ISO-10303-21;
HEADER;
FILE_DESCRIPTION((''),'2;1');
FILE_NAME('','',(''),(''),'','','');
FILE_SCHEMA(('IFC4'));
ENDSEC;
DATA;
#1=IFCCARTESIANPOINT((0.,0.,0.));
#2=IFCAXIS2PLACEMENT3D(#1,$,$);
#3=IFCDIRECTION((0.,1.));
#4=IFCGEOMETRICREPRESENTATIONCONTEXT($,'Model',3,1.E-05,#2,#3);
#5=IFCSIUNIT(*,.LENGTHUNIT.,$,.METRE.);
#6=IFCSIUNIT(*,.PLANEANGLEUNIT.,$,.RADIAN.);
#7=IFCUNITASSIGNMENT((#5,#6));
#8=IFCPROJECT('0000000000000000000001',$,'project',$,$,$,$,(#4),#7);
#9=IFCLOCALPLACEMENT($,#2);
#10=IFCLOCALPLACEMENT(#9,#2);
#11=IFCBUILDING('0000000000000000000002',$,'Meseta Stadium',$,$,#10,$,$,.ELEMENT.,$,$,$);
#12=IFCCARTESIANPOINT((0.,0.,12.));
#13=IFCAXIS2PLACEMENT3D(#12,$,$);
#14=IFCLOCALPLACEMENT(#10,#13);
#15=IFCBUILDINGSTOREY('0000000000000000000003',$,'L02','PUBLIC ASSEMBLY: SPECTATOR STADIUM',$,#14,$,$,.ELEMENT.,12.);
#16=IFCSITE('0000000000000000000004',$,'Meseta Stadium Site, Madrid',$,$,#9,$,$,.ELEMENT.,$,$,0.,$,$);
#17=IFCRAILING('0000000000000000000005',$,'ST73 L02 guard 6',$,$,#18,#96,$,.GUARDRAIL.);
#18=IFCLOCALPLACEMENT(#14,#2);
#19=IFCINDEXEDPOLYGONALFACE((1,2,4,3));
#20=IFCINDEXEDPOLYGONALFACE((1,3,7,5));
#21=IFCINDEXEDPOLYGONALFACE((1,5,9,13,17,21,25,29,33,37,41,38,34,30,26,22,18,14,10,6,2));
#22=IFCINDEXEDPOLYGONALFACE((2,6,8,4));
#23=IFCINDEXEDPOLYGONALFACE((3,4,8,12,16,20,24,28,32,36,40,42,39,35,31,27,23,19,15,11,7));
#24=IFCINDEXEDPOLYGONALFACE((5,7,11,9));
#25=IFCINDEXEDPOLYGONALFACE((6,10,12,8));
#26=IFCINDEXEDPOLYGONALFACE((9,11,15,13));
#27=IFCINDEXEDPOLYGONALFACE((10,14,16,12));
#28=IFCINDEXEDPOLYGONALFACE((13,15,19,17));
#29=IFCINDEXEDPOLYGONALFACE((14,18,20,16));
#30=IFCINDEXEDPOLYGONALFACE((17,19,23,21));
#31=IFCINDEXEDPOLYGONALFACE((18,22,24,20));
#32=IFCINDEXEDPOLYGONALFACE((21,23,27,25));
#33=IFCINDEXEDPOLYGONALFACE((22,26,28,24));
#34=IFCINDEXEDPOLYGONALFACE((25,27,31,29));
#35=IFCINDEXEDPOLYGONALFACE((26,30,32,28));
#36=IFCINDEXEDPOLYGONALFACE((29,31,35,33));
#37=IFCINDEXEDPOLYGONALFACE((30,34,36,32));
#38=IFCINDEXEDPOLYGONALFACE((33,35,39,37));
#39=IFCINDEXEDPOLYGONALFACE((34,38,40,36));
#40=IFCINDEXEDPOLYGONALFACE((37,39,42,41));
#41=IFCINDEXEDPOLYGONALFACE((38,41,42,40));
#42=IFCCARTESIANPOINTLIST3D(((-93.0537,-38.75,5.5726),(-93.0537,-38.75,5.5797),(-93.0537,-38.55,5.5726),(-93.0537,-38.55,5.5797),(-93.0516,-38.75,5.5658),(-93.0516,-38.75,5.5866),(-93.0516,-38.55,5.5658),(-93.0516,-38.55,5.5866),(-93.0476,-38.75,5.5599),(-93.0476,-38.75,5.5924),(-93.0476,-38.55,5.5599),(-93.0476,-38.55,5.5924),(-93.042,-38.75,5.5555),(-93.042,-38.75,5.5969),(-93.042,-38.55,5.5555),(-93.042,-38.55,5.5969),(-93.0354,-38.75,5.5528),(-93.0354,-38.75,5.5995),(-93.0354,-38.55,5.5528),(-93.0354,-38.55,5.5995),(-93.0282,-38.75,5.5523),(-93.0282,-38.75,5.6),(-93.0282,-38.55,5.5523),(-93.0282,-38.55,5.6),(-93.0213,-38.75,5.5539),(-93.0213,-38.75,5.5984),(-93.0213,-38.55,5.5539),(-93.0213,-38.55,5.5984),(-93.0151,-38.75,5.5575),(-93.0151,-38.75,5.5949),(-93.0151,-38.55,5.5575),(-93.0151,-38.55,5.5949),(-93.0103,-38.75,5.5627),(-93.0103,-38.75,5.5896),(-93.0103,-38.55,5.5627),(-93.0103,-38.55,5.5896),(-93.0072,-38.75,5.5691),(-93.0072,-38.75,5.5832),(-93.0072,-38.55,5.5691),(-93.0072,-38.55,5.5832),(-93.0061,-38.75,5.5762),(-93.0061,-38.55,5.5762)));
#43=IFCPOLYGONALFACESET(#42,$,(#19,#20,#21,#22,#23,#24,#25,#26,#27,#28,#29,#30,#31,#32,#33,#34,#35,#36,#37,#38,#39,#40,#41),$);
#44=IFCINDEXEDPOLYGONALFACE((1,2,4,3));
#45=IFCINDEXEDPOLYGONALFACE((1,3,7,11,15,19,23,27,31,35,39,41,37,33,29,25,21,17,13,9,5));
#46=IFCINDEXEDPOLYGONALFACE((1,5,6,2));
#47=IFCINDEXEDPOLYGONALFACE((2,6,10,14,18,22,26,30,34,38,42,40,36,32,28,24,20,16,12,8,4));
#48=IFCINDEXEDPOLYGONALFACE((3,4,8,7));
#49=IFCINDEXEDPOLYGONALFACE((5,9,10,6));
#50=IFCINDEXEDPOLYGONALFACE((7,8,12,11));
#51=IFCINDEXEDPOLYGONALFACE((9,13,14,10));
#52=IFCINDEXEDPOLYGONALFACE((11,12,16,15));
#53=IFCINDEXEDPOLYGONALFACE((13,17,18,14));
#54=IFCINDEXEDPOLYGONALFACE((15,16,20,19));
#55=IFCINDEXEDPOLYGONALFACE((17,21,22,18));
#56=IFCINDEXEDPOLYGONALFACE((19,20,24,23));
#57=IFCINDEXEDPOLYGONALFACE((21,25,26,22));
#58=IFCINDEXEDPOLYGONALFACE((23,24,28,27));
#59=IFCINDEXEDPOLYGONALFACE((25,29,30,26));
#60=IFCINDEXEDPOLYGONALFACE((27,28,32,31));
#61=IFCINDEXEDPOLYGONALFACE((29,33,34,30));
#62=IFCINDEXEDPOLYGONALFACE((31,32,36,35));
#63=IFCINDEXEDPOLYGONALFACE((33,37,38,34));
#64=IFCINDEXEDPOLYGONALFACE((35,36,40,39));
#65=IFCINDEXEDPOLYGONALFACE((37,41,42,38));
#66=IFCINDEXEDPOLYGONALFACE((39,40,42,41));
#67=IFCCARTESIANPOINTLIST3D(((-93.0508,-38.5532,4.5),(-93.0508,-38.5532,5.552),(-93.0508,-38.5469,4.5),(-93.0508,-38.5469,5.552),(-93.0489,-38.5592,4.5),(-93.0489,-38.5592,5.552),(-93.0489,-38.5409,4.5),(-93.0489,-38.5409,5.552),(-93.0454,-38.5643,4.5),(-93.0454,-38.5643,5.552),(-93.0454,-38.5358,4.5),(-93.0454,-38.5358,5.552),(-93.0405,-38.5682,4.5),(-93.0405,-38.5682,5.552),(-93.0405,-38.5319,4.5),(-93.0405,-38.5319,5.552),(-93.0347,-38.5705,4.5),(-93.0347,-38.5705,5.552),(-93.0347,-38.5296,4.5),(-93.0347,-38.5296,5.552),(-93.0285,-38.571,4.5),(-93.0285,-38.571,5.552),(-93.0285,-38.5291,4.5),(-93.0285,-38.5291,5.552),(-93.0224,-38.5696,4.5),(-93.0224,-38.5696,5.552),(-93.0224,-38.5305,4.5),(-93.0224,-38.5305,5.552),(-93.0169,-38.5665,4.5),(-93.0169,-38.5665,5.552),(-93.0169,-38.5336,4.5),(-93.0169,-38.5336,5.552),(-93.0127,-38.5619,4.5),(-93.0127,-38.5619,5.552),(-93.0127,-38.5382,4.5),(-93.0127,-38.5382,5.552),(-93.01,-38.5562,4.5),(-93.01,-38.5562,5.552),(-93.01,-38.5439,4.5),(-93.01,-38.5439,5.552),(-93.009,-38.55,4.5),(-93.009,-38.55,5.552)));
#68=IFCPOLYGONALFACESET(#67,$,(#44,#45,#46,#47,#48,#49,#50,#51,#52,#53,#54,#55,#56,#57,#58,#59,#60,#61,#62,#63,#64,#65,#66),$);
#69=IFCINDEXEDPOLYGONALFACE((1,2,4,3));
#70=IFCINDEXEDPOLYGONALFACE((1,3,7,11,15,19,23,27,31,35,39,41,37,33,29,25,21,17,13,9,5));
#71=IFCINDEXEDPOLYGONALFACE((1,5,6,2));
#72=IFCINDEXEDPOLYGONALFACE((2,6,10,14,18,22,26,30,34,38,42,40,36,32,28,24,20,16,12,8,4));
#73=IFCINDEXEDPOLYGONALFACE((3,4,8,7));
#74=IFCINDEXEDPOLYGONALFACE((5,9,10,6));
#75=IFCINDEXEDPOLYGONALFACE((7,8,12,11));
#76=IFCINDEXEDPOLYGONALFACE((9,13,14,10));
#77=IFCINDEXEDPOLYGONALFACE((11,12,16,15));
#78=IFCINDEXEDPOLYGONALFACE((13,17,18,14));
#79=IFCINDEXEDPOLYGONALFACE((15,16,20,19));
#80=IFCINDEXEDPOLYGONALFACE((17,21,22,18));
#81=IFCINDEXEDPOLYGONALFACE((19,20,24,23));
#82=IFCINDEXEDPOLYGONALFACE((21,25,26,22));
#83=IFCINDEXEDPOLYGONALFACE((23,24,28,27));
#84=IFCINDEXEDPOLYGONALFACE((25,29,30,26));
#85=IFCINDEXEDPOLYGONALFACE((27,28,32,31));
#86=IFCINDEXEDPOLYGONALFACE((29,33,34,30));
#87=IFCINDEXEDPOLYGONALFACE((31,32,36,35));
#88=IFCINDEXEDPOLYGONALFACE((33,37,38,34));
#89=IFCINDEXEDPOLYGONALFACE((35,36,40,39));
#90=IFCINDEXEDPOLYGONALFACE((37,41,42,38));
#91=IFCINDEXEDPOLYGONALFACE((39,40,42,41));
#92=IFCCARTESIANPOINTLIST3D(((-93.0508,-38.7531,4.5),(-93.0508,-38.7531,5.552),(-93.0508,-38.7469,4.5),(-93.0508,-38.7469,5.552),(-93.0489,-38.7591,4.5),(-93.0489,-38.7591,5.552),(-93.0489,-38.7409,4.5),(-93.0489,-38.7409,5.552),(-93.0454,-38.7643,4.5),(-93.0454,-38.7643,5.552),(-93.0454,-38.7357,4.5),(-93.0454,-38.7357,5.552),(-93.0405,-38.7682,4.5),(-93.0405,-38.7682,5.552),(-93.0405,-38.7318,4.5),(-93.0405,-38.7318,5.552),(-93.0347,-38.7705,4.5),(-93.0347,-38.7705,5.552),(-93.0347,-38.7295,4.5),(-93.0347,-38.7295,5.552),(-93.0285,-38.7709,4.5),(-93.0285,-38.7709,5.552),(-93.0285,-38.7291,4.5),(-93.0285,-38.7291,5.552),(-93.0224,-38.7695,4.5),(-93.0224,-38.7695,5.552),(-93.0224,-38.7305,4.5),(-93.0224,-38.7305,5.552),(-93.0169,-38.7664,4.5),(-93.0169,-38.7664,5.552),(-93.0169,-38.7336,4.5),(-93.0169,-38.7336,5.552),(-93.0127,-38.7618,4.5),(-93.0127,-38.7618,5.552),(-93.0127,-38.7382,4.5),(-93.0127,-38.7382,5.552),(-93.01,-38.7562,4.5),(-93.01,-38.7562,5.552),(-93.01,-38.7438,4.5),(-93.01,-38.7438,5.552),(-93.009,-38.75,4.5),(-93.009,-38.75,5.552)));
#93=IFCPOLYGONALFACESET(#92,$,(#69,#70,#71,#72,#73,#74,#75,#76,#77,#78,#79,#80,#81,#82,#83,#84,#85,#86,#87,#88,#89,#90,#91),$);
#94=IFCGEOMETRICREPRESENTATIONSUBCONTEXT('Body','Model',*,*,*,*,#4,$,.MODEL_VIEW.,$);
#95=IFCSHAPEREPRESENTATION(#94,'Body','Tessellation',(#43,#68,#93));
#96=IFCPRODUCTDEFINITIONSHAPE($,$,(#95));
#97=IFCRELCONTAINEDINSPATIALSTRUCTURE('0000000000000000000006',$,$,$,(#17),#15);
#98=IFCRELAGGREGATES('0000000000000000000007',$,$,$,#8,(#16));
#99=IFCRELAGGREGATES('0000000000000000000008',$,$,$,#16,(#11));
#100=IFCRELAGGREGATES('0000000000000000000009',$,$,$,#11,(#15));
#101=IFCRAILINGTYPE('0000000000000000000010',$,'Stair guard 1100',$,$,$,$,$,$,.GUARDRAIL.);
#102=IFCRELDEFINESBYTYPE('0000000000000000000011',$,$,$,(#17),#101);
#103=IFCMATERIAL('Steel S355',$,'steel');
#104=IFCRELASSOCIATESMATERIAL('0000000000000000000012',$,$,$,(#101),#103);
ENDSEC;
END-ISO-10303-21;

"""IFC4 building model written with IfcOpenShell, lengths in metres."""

from ifc_helpers import new_model, si_unit, direction, frame, origin, origin_2d, place, context, subcontext, project, spatial, circle, extrude, material, type_object, element, save


model = new_model("IFC4")

# Units and contexts
model_context = context("Model", 3, precision=1e-05, world=origin(), true_north=direction((0.0, 1.0)))
body_context = subcontext(model_context, "Body", "Model", "MODEL_VIEW")
ifc_project = project(units=[si_unit("LENGTHUNIT", "METRE"), si_unit("PLANEANGLEUNIT", "RADIAN")], contexts=[model_context])

# Site, building, storey
site_placement = place(None, origin())
site = spatial("IfcSite", under=ifc_project, at=site_placement, Name="Meseta Stadium Site, Madrid", CompositionType="ELEMENT", RefElevation=0.0)
building_placement = place(site_placement, origin())
building = spatial("IfcBuilding", under=site, at=building_placement, Name="Meseta Stadium", CompositionType="ELEMENT")
storey_placement = place(building_placement, frame((0.0, 0.0, 12.0)))
storey = spatial("IfcBuildingStorey", under=building, at=storey_placement, Name="L02", Description="PUBLIC ASSEMBLY: SPECTATOR STADIUM", CompositionType="ELEMENT", Elevation=12.0)

# Railing
ifc_material_1 = material(Name="Steel S355", Category="steel")
railing_type_1 = type_object("IfcRailingType", Name="Stair guard 1100", PredefinedType="GUARDRAIL", material=ifc_material_1)
railing_1_placement = place(storey_placement, frame((-93.03, -38.55, 4.5)))
element("IfcRailing", 1, at=railing_1_placement, inside=storey, type_object=railing_type_1, Name="ST73 L02 guard 6", PredefinedType="GUARDRAIL", context=body_context, shape_type="SweptSolid", body=[
    extrude(circle(Radius=0.0239, at=origin_2d()), frame((0.0, 0.0, 1.0762), z_axis=(0.0, -1.0, 0.0), x_axis=(1.0, 0.0, 0.0)), (0.0, 0.0, 1.0), 0.2),
    extrude(circle(Radius=0.021, at=origin_2d()), origin(), (0.0, 0.0, 1.0), 1.052),
    extrude(circle(Radius=0.021, at=origin_2d()), frame((0.0, -0.2, 0.0)), (0.0, 0.0, 1.0), 1.052),
])

save(model, "model.ifc")
